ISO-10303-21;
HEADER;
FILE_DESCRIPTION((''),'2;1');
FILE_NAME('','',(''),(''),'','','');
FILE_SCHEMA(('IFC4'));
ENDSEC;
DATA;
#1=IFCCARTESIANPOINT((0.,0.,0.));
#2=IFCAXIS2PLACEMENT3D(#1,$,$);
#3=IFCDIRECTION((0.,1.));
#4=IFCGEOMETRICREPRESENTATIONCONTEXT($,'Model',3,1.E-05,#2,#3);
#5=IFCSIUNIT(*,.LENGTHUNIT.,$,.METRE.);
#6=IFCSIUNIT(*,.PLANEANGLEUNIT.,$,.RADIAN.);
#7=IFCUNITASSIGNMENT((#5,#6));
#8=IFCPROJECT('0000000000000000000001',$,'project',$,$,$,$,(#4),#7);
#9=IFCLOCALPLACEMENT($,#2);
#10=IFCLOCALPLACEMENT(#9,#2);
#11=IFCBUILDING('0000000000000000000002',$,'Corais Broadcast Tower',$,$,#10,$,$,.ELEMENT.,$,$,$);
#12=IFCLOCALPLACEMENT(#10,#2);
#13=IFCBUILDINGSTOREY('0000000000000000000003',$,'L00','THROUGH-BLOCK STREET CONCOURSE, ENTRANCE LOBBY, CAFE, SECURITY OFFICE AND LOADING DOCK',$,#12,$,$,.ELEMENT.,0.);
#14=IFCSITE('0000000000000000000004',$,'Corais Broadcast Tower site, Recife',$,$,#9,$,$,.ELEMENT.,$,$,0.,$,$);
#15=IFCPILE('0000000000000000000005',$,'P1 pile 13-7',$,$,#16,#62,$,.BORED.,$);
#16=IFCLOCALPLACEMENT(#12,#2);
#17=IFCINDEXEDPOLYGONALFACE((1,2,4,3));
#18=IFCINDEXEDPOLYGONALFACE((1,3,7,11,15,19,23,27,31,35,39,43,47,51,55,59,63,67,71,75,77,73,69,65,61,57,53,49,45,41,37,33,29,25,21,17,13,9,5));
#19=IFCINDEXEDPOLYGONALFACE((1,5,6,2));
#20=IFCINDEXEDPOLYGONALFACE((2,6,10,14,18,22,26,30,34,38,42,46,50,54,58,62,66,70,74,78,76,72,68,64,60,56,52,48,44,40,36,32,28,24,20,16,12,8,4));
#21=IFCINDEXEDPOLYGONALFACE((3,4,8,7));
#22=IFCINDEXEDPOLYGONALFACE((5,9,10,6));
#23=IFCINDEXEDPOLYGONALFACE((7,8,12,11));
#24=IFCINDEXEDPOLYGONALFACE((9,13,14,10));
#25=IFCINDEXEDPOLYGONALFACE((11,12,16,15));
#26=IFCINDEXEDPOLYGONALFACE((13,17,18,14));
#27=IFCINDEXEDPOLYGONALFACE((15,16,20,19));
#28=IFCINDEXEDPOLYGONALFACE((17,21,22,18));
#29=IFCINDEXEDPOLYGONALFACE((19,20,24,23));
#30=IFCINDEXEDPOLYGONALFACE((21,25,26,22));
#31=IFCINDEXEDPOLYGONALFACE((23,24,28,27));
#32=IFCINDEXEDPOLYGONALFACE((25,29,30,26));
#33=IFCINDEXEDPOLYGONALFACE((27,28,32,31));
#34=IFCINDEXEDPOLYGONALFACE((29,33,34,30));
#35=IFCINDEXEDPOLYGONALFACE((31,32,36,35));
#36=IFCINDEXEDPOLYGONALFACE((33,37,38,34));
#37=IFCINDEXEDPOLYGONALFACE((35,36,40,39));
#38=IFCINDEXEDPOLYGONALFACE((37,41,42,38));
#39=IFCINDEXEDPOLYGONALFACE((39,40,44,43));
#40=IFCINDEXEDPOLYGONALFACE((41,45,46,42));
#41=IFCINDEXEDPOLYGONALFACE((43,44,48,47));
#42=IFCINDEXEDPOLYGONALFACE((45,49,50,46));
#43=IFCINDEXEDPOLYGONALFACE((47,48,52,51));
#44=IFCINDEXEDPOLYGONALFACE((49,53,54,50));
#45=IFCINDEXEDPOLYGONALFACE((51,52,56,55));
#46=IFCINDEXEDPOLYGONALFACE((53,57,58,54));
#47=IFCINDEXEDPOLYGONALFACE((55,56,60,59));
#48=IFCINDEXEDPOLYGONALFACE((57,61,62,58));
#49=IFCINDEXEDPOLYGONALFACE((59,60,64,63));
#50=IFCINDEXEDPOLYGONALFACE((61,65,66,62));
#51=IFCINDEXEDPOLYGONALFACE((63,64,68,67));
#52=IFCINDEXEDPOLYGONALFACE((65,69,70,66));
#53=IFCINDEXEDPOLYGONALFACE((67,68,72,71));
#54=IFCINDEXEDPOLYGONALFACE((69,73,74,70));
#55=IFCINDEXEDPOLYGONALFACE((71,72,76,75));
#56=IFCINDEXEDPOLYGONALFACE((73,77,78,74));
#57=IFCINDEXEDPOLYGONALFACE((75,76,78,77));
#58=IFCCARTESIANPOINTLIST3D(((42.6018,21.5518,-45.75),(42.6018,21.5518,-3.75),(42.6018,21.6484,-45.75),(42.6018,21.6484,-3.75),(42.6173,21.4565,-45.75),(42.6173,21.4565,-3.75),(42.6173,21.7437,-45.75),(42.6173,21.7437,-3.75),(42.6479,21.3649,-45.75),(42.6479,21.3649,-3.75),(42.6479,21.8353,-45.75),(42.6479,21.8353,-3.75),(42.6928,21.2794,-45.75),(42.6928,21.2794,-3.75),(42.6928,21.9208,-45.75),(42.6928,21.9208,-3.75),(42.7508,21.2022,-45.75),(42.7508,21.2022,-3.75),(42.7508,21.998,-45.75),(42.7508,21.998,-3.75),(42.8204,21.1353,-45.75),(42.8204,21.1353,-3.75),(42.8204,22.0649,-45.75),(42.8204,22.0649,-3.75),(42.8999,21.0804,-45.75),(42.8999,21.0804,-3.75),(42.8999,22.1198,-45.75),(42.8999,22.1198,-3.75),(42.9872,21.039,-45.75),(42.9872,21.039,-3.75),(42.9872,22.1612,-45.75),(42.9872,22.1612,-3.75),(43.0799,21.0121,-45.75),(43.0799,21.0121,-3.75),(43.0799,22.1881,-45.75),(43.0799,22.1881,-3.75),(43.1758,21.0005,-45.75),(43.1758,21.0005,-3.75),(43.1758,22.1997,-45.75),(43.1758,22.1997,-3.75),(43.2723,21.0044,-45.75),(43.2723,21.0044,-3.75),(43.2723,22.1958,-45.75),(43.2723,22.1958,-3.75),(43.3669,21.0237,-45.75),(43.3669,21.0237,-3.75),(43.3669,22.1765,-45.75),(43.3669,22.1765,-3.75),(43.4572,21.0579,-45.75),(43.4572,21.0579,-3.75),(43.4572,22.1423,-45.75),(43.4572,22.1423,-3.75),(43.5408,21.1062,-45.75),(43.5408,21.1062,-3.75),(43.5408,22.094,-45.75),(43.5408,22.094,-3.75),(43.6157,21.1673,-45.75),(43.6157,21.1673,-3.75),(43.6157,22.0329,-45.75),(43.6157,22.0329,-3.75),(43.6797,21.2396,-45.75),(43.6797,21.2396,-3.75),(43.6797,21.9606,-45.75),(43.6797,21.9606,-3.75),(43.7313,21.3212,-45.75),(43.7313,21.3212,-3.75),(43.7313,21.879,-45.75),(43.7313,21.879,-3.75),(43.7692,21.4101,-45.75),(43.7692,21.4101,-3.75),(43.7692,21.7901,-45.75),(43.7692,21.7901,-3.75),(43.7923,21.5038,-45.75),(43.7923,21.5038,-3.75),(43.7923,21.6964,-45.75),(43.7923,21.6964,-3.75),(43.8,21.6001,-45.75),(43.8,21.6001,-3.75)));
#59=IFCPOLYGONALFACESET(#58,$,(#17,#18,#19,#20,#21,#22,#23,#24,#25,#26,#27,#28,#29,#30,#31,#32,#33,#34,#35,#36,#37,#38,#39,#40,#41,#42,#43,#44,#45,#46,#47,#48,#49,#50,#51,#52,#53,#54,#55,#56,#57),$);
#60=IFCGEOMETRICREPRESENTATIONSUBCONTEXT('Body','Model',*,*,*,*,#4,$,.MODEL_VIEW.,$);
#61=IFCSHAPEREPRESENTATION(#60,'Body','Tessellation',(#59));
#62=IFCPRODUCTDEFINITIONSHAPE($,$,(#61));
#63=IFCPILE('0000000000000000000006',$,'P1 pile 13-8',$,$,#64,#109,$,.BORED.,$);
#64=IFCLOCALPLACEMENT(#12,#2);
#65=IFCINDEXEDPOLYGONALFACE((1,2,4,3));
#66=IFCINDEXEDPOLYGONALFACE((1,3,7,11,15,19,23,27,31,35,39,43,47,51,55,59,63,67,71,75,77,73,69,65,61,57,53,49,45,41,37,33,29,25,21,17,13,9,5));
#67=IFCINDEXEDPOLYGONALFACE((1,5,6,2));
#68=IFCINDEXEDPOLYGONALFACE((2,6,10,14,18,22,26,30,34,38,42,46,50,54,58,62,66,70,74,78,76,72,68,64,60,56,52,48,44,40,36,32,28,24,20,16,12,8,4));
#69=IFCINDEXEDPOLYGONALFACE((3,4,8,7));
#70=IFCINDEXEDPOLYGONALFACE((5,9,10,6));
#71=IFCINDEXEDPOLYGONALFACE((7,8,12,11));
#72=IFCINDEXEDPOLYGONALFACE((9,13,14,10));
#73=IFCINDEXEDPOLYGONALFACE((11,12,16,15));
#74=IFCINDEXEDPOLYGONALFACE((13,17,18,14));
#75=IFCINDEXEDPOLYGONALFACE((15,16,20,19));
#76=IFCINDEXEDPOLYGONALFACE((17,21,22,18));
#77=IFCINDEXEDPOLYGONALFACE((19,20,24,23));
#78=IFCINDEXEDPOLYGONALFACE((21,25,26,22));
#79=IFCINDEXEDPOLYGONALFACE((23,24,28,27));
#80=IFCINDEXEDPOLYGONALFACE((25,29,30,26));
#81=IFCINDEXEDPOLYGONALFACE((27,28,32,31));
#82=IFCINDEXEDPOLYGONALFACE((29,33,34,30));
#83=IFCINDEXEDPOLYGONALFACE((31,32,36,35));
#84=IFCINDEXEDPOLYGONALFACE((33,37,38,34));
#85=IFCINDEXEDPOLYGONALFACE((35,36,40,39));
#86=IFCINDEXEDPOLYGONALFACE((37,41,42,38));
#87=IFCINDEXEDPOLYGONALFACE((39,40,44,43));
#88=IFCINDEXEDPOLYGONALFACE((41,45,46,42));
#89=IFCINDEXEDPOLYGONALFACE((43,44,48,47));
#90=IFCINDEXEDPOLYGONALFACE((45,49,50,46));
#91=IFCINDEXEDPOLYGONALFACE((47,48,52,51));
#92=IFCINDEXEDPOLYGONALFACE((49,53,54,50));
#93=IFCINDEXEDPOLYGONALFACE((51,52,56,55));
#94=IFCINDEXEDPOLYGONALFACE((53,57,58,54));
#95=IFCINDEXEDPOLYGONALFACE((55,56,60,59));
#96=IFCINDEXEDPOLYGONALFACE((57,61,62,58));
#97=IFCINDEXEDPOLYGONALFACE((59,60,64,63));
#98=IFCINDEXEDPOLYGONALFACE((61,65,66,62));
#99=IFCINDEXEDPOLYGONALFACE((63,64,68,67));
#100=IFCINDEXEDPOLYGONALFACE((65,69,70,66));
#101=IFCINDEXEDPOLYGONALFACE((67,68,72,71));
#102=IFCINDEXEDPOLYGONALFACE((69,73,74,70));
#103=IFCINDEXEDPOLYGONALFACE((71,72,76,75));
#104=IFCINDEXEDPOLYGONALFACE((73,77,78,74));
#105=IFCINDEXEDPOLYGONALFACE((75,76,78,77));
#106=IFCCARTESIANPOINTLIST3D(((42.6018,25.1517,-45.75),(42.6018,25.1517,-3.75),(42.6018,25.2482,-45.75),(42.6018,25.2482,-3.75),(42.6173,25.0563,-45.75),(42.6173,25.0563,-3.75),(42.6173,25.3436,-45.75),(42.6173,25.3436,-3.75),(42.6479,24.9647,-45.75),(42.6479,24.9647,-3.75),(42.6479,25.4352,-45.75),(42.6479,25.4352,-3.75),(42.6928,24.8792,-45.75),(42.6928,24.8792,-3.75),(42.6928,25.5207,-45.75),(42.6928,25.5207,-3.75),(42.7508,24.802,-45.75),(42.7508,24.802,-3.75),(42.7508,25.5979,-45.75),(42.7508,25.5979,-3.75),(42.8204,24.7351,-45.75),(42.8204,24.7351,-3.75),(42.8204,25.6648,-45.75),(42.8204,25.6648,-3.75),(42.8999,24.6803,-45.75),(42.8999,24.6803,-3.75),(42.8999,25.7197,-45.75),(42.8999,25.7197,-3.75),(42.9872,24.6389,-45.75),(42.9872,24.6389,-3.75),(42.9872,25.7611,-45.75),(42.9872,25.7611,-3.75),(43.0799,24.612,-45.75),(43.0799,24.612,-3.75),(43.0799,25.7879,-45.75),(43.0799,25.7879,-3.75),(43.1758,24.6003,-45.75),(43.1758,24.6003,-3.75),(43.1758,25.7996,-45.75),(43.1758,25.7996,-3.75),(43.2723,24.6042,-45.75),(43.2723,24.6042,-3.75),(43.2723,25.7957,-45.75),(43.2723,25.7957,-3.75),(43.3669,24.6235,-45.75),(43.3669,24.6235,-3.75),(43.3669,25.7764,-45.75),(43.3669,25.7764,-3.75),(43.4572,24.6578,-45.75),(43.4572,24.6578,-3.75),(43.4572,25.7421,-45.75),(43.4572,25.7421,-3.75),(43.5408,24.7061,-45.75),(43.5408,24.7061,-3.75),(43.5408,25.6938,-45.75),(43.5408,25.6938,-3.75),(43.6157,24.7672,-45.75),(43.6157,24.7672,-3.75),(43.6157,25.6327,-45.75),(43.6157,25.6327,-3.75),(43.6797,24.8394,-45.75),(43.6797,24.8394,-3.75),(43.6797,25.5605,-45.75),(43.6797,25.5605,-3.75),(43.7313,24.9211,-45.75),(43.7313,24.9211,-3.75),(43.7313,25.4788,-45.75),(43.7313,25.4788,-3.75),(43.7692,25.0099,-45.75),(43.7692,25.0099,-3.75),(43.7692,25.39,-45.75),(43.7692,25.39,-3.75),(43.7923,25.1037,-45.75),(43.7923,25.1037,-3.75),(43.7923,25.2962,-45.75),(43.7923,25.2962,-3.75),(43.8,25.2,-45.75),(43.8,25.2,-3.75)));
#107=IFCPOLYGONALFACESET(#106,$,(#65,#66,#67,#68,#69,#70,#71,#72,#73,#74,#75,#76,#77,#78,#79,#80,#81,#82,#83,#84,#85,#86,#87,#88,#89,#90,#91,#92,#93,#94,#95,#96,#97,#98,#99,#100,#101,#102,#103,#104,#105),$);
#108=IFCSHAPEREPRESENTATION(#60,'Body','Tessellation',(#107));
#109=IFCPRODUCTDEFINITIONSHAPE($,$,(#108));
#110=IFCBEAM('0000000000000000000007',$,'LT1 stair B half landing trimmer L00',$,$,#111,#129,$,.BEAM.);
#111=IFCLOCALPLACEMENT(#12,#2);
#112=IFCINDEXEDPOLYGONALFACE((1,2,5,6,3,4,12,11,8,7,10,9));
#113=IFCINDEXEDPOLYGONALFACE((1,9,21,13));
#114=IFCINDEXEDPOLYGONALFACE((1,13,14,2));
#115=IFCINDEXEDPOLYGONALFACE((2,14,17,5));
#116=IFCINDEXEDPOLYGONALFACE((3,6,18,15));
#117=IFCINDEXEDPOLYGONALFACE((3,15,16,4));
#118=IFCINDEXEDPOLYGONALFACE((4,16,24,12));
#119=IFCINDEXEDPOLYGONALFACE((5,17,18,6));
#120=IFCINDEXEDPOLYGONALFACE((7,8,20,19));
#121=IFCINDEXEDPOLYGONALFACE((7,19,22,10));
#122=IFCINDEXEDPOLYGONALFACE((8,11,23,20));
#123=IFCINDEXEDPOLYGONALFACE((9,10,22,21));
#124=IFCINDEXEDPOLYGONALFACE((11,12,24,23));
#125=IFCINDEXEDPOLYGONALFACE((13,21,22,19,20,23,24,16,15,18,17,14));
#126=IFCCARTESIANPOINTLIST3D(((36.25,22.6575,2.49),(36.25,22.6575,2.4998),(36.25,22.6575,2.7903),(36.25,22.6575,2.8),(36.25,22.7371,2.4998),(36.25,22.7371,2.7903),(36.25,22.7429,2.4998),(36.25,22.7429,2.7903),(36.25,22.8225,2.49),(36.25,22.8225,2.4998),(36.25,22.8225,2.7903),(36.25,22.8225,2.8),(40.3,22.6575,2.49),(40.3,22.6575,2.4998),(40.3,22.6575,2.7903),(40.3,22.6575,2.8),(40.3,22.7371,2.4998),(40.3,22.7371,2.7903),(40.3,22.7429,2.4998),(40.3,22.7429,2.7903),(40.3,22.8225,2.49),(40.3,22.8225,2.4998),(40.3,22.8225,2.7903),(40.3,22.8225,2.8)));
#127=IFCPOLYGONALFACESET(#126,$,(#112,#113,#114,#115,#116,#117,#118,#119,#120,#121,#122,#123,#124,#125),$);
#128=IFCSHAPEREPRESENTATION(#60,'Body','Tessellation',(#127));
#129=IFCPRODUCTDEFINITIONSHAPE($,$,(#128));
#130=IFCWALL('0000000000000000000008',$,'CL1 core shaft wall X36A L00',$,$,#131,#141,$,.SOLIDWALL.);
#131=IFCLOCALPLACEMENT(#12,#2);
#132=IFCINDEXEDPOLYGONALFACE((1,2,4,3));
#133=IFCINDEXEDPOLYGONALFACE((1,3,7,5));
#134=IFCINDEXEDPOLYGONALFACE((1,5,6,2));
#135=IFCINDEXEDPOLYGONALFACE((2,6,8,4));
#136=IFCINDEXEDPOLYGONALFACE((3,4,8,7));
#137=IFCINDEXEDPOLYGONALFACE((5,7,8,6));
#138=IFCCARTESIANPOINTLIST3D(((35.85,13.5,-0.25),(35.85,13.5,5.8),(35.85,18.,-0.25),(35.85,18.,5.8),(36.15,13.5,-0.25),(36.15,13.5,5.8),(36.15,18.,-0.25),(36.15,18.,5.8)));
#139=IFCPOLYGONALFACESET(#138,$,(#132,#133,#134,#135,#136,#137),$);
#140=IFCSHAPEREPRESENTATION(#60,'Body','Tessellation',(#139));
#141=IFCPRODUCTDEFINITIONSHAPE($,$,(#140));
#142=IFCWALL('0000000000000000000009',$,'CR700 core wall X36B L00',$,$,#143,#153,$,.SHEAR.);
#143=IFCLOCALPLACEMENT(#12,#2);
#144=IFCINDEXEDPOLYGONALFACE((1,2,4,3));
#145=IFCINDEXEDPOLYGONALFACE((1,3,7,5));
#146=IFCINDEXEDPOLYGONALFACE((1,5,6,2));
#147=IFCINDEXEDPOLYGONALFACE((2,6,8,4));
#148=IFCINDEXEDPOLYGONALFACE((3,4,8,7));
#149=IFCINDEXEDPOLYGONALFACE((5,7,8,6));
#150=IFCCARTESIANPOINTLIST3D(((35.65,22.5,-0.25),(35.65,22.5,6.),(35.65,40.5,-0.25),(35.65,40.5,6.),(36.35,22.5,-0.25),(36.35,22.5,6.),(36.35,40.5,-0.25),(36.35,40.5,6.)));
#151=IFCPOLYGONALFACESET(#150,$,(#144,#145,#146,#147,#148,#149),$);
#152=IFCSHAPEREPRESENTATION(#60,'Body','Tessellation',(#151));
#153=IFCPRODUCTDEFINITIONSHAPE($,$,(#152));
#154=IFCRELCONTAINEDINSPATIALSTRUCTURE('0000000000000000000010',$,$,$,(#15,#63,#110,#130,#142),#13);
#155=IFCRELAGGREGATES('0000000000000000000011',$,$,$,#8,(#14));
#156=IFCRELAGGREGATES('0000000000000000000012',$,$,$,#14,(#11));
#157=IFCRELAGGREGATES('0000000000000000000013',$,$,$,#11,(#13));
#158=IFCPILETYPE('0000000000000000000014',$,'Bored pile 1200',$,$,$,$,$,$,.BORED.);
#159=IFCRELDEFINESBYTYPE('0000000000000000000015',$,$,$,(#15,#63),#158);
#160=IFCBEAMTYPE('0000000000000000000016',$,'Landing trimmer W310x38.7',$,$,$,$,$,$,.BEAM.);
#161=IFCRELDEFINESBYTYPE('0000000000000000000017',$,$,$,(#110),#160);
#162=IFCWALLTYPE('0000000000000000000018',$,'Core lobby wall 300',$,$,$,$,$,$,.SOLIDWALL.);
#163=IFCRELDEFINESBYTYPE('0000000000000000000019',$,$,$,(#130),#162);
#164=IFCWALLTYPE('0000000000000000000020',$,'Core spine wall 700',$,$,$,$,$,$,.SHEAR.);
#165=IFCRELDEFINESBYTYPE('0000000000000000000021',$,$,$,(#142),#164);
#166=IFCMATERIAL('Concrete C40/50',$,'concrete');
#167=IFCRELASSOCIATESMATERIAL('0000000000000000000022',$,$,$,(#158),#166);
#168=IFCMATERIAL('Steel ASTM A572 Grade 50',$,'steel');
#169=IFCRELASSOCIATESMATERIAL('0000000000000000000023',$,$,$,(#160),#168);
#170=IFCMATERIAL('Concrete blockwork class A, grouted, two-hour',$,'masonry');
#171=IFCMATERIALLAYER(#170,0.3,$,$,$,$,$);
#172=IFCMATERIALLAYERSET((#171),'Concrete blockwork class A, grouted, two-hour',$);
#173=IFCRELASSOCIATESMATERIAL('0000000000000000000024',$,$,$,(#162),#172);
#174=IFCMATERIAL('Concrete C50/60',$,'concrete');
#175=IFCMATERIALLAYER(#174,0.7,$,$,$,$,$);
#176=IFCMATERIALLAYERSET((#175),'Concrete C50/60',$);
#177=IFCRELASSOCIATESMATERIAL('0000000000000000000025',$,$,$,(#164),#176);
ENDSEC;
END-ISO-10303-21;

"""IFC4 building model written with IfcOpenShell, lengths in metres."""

from ifc_helpers import new_model, si_unit, direction, frame, frame_2d, origin, origin_2d, place, context, subcontext, project, spatial, rectangle, circle, i_section, extrude, material, layer, layer_set, material_profile, profile_set, type_object, element, save


model = new_model("IFC4")

# Units and contexts
model_context = context("Model", 3, precision=1e-05, world=origin(), true_north=direction((0.0, 1.0)))
body_context = subcontext(model_context, "Body", "Model", "MODEL_VIEW")
ifc_project = project(units=[si_unit("LENGTHUNIT", "METRE"), si_unit("PLANEANGLEUNIT", "RADIAN")], contexts=[model_context])

# Site, building, storey
site_placement = place(None, origin())
site = spatial("IfcSite", under=ifc_project, at=site_placement, Name="Corais Broadcast Tower site, Recife", CompositionType="ELEMENT", RefElevation=0.0)
building_placement = place(site_placement, origin())
building = spatial("IfcBuilding", under=site, at=building_placement, Name="Corais Broadcast Tower", CompositionType="ELEMENT")
storey_placement = place(building_placement, origin())
storey = spatial("IfcBuildingStorey", under=building, at=storey_placement, Name="L00", Description="THROUGH-BLOCK STREET CONCOURSE, ENTRANCE LOBBY, CAFE, SECURITY OFFICE AND LOADING DOCK", CompositionType="ELEMENT", Elevation=0.0)

# Piles
ifc_material_1 = material(Name="Concrete C40/50", Category="concrete")
pile_type = type_object("IfcPileType", Name="Bored pile 1200", PredefinedType="BORED", material=ifc_material_1)
for number, where, z_axis, x_axis, name in (
    (1, (43.2, 21.6001, -3.75), (0.0, 0.0, -1.0), (1.0, 0.0, 0.0), "P1 pile 13-7"),
    (2, (43.2, 25.2, -3.75), (0.0, 0.0, -1.0), (1.0, 0.0, 0.0), "P1 pile 13-8"),
):
    element("IfcPile", number, at=place(storey_placement, frame(where, z_axis=z_axis, x_axis=x_axis)), inside=storey, type_object=pile_type, Name=name, PredefinedType="BORED", context=body_context, shape_type="SweptSolid", body=[
        extrude(circle(Radius=0.6001, at=origin_2d()), origin(), (0.0, 0.0, 1.0), 42.0),
    ])

# Beam
ifc_material_2 = material(Name="Steel ASTM A572 Grade 50", Category="steel")
ifc_material_profile = material_profile(ifc_material_2, i_section(OverallWidth=0.165, OverallDepth=0.3101, WebThickness=0.0059, FlangeThickness=0.0098, at=origin_2d()), Name="W310x38.7")
ifc_profile_set = profile_set([ifc_material_profile], Name="Steel ASTM A572 Grade 50")
beam_type = type_object("IfcBeamType", Name="Landing trimmer W310x38.7", PredefinedType="BEAM", material=ifc_profile_set)
beam_placement = place(storey_placement, frame((36.25, 22.74, 2.645), z_axis=(1.0, 0.0, 0.0), x_axis=(0.0, 1.0, 0.0)))
element("IfcBeam", 3, at=beam_placement, inside=storey, type_object=beam_type, Name="LT1 stair B half landing trimmer L00", PredefinedType="BEAM", context=body_context, shape_type="SweptSolid", body=[
    extrude(i_section(OverallWidth=0.165, OverallDepth=0.3101, WebThickness=0.0059, FlangeThickness=0.0098, at=origin_2d()), origin(), (0.0, 0.0, 1.0), 4.05),
])

# Walls
ifc_material_3 = material(Name="Concrete blockwork class A, grouted, two-hour", Category="masonry")
ifc_layer_1 = layer(ifc_material_3, 0.3)
ifc_layer_set_1 = layer_set([ifc_layer_1], Name="Concrete blockwork class A, grouted, two-hour")
wall_type_1 = type_object("IfcWallType", Name="Core lobby wall 300", PredefinedType="SOLIDWALL", material=ifc_layer_set_1)
wall_1_placement = place(storey_placement, frame((36.0, 13.5, -0.25), z_axis=(0.0, 0.0, 1.0), x_axis=(0.0, 1.0, 0.0)))
element("IfcWall", 4, at=wall_1_placement, inside=storey, type_object=wall_type_1, Name="CL1 core shaft wall X36A L00", PredefinedType="SOLIDWALL", context=body_context, shape_type="SweptSolid", body=[
    extrude(rectangle(XDim=4.5, YDim=0.3, at=frame_2d((2.25, 0.0))), origin(), (0.0, 0.0, 1.0), 6.05),
])
ifc_material_4 = material(Name="Concrete C50/60", Category="concrete")
ifc_layer_2 = layer(ifc_material_4, 0.7)
ifc_layer_set_2 = layer_set([ifc_layer_2], Name="Concrete C50/60")
wall_type_2 = type_object("IfcWallType", Name="Core spine wall 700", PredefinedType="SHEAR", material=ifc_layer_set_2)
wall_2_placement = place(storey_placement, frame((36.0, 22.5, -0.25), z_axis=(0.0, 0.0, 1.0), x_axis=(0.0, 1.0, 0.0)))
element("IfcWall", 5, at=wall_2_placement, inside=storey, type_object=wall_type_2, Name="CR700 core wall X36B L00", PredefinedType="SHEAR", context=body_context, shape_type="SweptSolid", body=[
    extrude(rectangle(XDim=18.0, YDim=0.7, at=frame_2d((9.0, 0.0))), origin(), (0.0, 0.0, 1.0), 6.25),
])

save(model, "model.ifc")
